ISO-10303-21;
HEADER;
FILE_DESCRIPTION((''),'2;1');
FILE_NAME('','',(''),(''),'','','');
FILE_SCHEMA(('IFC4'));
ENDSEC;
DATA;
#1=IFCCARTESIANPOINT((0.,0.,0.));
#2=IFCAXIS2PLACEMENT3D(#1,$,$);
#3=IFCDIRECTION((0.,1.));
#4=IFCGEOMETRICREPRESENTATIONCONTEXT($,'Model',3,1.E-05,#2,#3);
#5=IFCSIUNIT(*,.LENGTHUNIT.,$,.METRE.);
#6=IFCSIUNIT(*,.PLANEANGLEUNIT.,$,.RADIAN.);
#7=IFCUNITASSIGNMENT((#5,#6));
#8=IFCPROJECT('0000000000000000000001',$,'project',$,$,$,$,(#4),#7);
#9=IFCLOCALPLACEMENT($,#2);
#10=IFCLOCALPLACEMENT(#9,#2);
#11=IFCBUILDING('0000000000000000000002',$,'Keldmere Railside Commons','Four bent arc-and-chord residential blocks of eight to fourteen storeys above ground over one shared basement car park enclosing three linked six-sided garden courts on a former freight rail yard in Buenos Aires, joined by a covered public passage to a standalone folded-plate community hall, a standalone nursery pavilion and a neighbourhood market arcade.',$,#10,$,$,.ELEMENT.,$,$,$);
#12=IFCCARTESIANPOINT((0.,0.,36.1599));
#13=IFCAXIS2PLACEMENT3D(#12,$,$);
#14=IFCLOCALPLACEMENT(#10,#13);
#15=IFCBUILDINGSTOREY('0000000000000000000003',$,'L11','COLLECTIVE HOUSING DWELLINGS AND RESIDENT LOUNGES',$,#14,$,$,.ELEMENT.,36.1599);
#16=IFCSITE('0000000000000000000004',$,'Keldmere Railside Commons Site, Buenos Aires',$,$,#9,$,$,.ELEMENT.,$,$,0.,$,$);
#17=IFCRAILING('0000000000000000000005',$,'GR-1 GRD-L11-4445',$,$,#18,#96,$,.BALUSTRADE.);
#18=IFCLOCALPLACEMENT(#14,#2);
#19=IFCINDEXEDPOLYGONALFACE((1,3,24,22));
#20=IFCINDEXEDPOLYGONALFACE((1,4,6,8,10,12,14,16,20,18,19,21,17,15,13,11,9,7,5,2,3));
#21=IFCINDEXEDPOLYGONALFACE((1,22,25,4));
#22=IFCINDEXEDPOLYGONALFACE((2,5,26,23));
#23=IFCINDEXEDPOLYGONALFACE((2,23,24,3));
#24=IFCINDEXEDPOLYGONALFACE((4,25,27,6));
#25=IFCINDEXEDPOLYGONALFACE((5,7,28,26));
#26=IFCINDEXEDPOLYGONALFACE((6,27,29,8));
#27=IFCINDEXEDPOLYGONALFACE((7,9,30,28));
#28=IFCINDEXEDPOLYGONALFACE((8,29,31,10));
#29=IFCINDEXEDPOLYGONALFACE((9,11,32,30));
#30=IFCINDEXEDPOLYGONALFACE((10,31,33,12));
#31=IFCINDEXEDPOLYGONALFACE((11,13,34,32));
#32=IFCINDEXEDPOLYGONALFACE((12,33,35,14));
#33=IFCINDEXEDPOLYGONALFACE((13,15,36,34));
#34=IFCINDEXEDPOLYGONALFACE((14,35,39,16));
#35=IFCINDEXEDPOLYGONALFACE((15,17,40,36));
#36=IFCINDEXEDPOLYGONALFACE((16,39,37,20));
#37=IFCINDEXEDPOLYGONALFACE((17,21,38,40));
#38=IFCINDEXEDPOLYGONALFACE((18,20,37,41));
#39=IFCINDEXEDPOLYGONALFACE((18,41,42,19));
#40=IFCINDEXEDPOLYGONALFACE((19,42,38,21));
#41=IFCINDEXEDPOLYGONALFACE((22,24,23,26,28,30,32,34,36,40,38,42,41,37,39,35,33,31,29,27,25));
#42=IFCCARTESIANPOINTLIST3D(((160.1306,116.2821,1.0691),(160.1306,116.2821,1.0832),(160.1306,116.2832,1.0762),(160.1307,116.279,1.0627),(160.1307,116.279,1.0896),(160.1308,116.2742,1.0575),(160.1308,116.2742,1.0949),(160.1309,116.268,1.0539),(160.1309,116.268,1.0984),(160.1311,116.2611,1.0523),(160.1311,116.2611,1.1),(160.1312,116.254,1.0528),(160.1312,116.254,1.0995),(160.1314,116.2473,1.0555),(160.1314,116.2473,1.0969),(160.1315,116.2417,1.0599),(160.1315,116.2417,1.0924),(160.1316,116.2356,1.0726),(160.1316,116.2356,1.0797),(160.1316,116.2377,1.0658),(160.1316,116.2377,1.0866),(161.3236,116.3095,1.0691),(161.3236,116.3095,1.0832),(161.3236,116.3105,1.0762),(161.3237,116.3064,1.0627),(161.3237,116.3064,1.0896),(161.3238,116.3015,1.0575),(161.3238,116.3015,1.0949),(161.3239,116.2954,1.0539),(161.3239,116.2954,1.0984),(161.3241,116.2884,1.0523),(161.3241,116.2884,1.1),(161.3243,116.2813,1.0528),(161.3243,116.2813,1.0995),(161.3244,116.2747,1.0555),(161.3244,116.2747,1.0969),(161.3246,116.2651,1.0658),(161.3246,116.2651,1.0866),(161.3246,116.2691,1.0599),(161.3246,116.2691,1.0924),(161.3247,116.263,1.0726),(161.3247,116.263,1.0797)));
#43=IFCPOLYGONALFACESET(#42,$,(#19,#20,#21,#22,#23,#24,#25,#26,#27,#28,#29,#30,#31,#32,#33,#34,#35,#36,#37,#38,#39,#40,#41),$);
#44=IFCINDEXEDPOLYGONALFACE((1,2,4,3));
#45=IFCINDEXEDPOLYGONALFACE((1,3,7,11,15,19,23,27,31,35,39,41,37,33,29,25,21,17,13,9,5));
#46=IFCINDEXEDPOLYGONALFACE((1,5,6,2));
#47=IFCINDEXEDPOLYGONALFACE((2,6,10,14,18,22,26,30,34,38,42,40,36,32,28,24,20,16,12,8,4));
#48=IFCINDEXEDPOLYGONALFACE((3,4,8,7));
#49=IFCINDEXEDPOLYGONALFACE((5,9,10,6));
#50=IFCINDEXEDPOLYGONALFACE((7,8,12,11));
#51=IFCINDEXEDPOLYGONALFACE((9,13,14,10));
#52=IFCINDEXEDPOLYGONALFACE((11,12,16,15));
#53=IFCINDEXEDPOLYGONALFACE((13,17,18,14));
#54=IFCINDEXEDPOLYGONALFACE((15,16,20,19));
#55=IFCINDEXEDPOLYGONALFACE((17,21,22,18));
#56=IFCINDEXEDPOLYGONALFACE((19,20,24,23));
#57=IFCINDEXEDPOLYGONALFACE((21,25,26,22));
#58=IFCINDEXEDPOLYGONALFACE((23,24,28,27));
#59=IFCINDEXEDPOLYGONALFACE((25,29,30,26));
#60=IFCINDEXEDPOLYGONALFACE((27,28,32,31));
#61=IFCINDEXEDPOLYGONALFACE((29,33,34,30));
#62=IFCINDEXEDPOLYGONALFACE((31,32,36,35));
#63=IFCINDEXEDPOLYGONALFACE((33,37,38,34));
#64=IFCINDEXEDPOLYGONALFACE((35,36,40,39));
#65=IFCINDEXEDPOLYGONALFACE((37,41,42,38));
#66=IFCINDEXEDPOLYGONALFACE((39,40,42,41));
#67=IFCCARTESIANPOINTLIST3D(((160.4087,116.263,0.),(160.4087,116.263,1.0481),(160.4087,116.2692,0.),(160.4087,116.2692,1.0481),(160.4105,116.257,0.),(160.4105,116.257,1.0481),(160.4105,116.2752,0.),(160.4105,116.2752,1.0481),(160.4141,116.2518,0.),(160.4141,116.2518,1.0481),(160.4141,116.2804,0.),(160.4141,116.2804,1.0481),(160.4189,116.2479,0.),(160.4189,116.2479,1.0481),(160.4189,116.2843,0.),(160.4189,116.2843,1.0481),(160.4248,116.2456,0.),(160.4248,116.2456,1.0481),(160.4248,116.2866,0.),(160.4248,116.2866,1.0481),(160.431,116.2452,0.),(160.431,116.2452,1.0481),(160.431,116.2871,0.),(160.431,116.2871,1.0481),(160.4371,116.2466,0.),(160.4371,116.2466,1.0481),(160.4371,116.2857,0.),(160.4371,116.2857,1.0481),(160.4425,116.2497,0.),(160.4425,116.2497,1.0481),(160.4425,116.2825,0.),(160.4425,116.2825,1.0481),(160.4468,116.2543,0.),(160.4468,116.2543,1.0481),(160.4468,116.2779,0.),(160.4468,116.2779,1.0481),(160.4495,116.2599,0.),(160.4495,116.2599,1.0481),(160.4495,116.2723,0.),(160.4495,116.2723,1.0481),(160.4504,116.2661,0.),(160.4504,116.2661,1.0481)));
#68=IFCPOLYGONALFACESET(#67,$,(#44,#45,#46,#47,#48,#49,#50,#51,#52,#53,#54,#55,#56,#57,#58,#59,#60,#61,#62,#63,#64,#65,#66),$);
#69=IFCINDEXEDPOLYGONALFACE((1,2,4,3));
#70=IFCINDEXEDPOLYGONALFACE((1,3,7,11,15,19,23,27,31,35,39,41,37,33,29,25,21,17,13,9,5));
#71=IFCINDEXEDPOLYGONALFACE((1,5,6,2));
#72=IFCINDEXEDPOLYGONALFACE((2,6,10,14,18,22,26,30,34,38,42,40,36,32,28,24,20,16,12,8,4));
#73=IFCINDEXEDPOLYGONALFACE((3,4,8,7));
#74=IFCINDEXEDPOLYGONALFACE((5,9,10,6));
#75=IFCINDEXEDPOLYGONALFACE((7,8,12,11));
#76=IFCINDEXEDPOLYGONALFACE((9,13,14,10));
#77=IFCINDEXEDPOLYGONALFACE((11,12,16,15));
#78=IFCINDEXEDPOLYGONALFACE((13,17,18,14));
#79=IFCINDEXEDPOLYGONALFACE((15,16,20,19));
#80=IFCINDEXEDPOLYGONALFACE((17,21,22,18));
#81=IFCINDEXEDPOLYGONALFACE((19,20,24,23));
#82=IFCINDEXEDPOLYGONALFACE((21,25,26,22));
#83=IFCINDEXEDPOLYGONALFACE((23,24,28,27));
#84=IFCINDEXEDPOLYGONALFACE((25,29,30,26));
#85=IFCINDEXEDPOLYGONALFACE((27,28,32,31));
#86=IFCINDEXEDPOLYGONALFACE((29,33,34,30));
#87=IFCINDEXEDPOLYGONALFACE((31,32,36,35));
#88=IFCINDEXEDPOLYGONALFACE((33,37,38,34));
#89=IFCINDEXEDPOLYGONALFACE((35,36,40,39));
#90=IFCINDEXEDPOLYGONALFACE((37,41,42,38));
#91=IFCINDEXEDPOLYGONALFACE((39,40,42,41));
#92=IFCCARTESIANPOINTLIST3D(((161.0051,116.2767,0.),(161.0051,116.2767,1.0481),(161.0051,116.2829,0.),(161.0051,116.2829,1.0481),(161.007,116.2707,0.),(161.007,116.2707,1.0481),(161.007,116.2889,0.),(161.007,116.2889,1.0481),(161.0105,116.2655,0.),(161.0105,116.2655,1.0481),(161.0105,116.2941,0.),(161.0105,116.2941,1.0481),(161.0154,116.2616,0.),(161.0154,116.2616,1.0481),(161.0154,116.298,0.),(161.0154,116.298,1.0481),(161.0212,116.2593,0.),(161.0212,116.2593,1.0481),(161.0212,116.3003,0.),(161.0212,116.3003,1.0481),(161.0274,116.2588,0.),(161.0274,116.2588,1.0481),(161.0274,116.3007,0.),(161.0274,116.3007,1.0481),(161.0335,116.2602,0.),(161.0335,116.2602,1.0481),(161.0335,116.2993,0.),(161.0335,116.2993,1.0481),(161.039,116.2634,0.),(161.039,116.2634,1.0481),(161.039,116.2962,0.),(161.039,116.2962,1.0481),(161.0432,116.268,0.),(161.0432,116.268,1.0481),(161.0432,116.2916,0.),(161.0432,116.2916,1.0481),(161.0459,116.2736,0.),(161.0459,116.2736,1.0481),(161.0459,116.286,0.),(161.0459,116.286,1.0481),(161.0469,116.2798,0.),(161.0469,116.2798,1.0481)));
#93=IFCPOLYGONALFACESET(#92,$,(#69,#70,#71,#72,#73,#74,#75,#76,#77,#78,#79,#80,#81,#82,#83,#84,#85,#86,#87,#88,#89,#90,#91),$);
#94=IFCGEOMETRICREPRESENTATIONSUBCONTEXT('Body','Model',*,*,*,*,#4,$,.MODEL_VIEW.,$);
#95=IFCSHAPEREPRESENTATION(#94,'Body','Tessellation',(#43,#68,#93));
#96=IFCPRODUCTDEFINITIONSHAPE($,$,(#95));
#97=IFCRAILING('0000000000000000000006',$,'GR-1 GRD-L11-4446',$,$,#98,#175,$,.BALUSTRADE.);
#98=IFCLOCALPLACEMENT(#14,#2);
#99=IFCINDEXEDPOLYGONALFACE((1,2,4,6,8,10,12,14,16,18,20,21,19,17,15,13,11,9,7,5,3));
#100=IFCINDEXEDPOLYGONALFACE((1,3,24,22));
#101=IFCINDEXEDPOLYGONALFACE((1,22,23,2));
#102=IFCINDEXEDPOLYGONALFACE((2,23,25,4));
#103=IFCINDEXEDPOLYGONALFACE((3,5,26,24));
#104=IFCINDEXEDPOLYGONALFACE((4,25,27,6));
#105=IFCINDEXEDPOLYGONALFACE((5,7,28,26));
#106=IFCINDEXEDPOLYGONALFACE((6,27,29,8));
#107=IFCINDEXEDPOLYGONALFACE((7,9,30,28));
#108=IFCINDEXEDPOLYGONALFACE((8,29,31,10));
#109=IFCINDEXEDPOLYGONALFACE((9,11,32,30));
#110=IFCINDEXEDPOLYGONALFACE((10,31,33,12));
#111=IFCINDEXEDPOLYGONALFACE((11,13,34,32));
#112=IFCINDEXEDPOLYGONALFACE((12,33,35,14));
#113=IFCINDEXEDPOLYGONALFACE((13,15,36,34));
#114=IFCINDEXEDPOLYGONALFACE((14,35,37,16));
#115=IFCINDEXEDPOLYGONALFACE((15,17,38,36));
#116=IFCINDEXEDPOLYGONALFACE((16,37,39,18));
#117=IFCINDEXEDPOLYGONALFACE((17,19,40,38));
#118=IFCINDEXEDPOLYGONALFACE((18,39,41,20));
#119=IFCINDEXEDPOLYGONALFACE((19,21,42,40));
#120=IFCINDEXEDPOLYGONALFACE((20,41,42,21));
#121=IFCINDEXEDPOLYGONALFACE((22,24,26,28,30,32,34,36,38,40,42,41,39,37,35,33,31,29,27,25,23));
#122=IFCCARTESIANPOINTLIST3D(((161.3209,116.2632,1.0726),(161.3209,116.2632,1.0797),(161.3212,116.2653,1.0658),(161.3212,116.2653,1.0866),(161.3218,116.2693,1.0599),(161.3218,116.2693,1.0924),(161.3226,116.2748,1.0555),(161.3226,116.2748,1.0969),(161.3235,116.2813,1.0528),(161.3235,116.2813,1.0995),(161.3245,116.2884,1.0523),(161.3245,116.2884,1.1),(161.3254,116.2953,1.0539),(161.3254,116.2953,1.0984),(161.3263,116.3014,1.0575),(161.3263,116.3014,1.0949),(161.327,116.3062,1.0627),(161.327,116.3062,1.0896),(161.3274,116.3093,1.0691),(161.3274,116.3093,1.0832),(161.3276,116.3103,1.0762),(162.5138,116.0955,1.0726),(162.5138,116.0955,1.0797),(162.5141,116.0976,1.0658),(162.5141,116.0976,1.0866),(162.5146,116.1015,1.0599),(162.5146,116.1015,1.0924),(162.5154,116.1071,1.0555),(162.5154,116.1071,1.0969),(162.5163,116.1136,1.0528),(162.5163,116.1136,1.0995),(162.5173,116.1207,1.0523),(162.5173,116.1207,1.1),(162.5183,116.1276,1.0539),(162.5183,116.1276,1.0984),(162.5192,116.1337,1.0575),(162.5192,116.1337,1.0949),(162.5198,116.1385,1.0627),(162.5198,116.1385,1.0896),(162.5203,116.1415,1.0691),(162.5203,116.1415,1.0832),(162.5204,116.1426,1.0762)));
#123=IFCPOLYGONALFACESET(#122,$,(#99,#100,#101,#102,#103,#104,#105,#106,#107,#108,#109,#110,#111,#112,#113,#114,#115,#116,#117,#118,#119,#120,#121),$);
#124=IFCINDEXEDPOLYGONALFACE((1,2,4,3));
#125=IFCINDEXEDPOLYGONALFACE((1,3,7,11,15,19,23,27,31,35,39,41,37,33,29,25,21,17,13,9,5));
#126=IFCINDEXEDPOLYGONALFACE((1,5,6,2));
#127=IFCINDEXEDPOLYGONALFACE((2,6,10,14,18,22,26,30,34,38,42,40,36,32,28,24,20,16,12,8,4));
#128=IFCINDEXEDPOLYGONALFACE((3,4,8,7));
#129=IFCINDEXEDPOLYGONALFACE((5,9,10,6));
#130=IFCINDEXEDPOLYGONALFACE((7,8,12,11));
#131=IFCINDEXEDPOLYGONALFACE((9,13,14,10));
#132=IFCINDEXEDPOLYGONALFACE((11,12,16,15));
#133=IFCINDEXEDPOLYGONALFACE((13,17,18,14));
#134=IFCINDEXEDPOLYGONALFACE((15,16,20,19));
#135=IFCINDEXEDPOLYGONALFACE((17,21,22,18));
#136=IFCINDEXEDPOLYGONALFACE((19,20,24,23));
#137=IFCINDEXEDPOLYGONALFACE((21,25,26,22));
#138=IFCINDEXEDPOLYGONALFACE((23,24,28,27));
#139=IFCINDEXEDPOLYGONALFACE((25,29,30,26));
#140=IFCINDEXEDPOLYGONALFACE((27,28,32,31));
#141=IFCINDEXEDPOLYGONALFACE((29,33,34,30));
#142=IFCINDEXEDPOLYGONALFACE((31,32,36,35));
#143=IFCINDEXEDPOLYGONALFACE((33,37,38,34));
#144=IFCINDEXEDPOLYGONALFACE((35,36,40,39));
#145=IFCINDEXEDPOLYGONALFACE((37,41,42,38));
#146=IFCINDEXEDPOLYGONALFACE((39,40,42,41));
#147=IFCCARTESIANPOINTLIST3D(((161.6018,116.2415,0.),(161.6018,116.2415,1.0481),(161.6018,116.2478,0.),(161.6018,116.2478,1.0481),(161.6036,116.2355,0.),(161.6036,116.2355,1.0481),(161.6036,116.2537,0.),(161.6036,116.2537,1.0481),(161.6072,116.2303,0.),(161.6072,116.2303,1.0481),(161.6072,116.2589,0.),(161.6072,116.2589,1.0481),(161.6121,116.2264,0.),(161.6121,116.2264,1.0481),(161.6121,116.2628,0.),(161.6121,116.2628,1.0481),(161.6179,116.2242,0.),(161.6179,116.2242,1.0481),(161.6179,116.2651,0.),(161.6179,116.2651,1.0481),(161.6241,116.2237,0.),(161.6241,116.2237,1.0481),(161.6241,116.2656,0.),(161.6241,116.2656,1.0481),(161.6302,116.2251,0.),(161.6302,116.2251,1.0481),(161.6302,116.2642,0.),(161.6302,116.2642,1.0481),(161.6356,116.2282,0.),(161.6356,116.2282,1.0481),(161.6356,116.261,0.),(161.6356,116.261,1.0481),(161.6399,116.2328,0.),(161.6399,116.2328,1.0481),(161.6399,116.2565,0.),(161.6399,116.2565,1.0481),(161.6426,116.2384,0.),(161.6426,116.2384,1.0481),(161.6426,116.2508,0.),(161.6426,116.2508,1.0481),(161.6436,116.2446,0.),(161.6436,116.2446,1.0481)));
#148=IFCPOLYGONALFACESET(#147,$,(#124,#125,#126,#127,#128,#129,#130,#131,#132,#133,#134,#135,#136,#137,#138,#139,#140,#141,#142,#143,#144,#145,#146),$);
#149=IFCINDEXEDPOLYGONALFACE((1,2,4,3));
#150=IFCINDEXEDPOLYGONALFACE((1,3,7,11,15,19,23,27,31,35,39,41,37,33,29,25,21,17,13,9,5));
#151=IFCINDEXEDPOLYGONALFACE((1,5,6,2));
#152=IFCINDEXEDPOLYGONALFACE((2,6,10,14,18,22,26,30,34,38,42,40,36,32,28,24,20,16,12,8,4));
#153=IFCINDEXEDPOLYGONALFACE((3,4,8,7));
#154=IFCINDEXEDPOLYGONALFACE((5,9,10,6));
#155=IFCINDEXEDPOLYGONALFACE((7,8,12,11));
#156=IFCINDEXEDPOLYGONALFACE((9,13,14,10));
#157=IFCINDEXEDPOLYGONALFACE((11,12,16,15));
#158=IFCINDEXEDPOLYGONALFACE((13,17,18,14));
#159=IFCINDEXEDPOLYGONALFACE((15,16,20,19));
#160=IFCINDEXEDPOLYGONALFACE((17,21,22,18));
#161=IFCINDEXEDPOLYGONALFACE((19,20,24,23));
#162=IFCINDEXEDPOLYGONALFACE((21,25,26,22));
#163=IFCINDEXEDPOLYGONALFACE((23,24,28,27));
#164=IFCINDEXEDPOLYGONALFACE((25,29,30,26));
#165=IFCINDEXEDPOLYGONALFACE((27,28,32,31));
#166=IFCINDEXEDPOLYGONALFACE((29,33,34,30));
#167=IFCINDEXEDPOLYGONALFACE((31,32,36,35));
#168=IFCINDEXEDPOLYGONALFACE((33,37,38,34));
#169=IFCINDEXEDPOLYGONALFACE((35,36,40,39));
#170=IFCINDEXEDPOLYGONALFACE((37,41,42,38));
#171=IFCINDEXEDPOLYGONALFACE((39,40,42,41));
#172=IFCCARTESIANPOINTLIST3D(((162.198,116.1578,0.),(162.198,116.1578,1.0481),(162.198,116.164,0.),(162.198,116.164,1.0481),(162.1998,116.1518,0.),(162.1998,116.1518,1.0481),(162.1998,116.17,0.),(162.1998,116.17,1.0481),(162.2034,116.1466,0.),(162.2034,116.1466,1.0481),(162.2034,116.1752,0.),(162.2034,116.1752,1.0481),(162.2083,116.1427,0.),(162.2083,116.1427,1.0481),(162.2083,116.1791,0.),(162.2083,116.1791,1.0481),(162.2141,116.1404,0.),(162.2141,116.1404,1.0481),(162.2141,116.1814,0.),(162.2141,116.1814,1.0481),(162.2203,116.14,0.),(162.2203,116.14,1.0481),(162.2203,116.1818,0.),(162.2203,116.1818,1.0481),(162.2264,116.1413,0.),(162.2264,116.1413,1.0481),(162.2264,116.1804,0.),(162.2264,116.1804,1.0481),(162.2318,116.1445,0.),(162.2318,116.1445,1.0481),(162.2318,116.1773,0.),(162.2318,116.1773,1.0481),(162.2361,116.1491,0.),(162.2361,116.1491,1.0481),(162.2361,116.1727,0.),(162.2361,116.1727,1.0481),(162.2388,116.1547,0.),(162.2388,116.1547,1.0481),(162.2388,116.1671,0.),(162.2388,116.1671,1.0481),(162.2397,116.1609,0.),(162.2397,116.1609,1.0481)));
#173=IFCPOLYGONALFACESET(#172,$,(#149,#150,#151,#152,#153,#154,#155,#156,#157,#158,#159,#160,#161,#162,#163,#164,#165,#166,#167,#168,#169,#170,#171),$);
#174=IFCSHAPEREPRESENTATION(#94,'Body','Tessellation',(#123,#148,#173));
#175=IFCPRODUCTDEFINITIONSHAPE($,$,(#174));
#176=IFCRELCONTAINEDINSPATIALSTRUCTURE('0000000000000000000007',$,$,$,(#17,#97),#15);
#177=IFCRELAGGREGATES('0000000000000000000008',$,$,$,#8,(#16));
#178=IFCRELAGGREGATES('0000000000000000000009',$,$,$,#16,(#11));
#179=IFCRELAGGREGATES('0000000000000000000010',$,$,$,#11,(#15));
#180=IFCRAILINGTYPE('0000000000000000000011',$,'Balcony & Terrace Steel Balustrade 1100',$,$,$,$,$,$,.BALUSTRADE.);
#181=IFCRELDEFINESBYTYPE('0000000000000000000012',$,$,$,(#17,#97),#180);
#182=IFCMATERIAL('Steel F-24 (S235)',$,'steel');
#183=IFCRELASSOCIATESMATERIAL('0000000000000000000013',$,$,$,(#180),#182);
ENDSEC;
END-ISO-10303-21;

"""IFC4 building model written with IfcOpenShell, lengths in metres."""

from ifc_helpers import new_model, si_unit, direction, frame, origin, origin_2d, place, context, subcontext, project, spatial, circle, extrude, material, type_object, element, save


model = new_model("IFC4")

# Units and contexts
model_context = context("Model", 3, precision=1e-05, world=origin(), true_north=direction((0.0, 1.0)))
body_context = subcontext(model_context, "Body", "Model", "MODEL_VIEW")
ifc_project = project(units=[si_unit("LENGTHUNIT", "METRE"), si_unit("PLANEANGLEUNIT", "RADIAN")], contexts=[model_context])

# Site, building, storey
site_placement = place(None, origin())
site = spatial("IfcSite", under=ifc_project, at=site_placement, Name="Keldmere Railside Commons Site, Buenos Aires", CompositionType="ELEMENT", RefElevation=0.0)
building_placement = place(site_placement, origin())
building = spatial("IfcBuilding", under=site, at=building_placement, Name="Keldmere Railside Commons", Description="Four bent arc-and-chord residential blocks of eight to fourteen storeys above ground over one shared basement car park enclosing three linked six-sided garden courts on a former freight rail yard in Buenos Aires, joined by a covered public passage to a standalone folded-plate community hall, a standalone nursery pavilion and a neighbourhood market arcade.", CompositionType="ELEMENT")
storey_placement = place(building_placement, frame((0.0, 0.0, 36.1599)))
storey = spatial("IfcBuildingStorey", under=building, at=storey_placement, Name="L11", Description="COLLECTIVE HOUSING DWELLINGS AND RESIDENT LOUNGES", CompositionType="ELEMENT", Elevation=36.1599)

# Railings
ifc_material_1 = material(Name="Steel F-24 (S235)", Category="steel")
railing_type = type_object("IfcRailingType", Name="Balcony & Terrace Steel Balustrade 1100", PredefinedType="BALUSTRADE", material=ifc_material_1)
railing_1_placement = place(storey_placement, frame((160.1311, 116.2593, 0.0)))
element("IfcRailing", 1, at=railing_1_placement, inside=storey, type_object=railing_type, Name="GR-1 GRD-L11-4445", PredefinedType="BALUSTRADE", context=body_context, shape_type="SweptSolid", body=[
    extrude(circle(Radius=0.0239, at=origin_2d()), frame((0.0, 0.0, 1.0762), z_axis=(0.999737, 0.022912, 0.0), x_axis=(-0.022912, 0.999737, 0.0)), (0.0, 0.0, 1.0), 1.1934),
    extrude(circle(Radius=0.021, at=origin_2d()), frame((0.2983, 0.0068, 0.0)), (0.0, 0.0, 1.0), 1.0481),
    extrude(circle(Radius=0.021, at=origin_2d()), frame((0.8948, 0.0205, 0.0)), (0.0, 0.0, 1.0), 1.0481),
])
railing_2_placement = place(storey_placement, frame((161.3242, 116.2866, 0.0)))
element("IfcRailing", 2, at=railing_2_placement, inside=storey, type_object=railing_type, Name="GR-1 GRD-L11-4446", PredefinedType="BALUSTRADE", context=body_context, shape_type="SweptSolid", body=[
    extrude(circle(Radius=0.0239, at=origin_2d()), frame((0.0, 0.0, 1.0762), z_axis=(0.990259, -0.139236, 0.0), x_axis=(0.139236, 0.990259, 0.0)), (0.0, 0.0, 1.0), 1.2046),
    extrude(circle(Radius=0.021, at=origin_2d()), frame((0.2983, -0.042, 0.0)), (0.0, 0.0, 1.0), 1.0481),
    extrude(circle(Radius=0.021, at=origin_2d()), frame((0.8945, -0.1257, 0.0)), (0.0, 0.0, 1.0), 1.0481),
])

save(model, "model.ifc")
